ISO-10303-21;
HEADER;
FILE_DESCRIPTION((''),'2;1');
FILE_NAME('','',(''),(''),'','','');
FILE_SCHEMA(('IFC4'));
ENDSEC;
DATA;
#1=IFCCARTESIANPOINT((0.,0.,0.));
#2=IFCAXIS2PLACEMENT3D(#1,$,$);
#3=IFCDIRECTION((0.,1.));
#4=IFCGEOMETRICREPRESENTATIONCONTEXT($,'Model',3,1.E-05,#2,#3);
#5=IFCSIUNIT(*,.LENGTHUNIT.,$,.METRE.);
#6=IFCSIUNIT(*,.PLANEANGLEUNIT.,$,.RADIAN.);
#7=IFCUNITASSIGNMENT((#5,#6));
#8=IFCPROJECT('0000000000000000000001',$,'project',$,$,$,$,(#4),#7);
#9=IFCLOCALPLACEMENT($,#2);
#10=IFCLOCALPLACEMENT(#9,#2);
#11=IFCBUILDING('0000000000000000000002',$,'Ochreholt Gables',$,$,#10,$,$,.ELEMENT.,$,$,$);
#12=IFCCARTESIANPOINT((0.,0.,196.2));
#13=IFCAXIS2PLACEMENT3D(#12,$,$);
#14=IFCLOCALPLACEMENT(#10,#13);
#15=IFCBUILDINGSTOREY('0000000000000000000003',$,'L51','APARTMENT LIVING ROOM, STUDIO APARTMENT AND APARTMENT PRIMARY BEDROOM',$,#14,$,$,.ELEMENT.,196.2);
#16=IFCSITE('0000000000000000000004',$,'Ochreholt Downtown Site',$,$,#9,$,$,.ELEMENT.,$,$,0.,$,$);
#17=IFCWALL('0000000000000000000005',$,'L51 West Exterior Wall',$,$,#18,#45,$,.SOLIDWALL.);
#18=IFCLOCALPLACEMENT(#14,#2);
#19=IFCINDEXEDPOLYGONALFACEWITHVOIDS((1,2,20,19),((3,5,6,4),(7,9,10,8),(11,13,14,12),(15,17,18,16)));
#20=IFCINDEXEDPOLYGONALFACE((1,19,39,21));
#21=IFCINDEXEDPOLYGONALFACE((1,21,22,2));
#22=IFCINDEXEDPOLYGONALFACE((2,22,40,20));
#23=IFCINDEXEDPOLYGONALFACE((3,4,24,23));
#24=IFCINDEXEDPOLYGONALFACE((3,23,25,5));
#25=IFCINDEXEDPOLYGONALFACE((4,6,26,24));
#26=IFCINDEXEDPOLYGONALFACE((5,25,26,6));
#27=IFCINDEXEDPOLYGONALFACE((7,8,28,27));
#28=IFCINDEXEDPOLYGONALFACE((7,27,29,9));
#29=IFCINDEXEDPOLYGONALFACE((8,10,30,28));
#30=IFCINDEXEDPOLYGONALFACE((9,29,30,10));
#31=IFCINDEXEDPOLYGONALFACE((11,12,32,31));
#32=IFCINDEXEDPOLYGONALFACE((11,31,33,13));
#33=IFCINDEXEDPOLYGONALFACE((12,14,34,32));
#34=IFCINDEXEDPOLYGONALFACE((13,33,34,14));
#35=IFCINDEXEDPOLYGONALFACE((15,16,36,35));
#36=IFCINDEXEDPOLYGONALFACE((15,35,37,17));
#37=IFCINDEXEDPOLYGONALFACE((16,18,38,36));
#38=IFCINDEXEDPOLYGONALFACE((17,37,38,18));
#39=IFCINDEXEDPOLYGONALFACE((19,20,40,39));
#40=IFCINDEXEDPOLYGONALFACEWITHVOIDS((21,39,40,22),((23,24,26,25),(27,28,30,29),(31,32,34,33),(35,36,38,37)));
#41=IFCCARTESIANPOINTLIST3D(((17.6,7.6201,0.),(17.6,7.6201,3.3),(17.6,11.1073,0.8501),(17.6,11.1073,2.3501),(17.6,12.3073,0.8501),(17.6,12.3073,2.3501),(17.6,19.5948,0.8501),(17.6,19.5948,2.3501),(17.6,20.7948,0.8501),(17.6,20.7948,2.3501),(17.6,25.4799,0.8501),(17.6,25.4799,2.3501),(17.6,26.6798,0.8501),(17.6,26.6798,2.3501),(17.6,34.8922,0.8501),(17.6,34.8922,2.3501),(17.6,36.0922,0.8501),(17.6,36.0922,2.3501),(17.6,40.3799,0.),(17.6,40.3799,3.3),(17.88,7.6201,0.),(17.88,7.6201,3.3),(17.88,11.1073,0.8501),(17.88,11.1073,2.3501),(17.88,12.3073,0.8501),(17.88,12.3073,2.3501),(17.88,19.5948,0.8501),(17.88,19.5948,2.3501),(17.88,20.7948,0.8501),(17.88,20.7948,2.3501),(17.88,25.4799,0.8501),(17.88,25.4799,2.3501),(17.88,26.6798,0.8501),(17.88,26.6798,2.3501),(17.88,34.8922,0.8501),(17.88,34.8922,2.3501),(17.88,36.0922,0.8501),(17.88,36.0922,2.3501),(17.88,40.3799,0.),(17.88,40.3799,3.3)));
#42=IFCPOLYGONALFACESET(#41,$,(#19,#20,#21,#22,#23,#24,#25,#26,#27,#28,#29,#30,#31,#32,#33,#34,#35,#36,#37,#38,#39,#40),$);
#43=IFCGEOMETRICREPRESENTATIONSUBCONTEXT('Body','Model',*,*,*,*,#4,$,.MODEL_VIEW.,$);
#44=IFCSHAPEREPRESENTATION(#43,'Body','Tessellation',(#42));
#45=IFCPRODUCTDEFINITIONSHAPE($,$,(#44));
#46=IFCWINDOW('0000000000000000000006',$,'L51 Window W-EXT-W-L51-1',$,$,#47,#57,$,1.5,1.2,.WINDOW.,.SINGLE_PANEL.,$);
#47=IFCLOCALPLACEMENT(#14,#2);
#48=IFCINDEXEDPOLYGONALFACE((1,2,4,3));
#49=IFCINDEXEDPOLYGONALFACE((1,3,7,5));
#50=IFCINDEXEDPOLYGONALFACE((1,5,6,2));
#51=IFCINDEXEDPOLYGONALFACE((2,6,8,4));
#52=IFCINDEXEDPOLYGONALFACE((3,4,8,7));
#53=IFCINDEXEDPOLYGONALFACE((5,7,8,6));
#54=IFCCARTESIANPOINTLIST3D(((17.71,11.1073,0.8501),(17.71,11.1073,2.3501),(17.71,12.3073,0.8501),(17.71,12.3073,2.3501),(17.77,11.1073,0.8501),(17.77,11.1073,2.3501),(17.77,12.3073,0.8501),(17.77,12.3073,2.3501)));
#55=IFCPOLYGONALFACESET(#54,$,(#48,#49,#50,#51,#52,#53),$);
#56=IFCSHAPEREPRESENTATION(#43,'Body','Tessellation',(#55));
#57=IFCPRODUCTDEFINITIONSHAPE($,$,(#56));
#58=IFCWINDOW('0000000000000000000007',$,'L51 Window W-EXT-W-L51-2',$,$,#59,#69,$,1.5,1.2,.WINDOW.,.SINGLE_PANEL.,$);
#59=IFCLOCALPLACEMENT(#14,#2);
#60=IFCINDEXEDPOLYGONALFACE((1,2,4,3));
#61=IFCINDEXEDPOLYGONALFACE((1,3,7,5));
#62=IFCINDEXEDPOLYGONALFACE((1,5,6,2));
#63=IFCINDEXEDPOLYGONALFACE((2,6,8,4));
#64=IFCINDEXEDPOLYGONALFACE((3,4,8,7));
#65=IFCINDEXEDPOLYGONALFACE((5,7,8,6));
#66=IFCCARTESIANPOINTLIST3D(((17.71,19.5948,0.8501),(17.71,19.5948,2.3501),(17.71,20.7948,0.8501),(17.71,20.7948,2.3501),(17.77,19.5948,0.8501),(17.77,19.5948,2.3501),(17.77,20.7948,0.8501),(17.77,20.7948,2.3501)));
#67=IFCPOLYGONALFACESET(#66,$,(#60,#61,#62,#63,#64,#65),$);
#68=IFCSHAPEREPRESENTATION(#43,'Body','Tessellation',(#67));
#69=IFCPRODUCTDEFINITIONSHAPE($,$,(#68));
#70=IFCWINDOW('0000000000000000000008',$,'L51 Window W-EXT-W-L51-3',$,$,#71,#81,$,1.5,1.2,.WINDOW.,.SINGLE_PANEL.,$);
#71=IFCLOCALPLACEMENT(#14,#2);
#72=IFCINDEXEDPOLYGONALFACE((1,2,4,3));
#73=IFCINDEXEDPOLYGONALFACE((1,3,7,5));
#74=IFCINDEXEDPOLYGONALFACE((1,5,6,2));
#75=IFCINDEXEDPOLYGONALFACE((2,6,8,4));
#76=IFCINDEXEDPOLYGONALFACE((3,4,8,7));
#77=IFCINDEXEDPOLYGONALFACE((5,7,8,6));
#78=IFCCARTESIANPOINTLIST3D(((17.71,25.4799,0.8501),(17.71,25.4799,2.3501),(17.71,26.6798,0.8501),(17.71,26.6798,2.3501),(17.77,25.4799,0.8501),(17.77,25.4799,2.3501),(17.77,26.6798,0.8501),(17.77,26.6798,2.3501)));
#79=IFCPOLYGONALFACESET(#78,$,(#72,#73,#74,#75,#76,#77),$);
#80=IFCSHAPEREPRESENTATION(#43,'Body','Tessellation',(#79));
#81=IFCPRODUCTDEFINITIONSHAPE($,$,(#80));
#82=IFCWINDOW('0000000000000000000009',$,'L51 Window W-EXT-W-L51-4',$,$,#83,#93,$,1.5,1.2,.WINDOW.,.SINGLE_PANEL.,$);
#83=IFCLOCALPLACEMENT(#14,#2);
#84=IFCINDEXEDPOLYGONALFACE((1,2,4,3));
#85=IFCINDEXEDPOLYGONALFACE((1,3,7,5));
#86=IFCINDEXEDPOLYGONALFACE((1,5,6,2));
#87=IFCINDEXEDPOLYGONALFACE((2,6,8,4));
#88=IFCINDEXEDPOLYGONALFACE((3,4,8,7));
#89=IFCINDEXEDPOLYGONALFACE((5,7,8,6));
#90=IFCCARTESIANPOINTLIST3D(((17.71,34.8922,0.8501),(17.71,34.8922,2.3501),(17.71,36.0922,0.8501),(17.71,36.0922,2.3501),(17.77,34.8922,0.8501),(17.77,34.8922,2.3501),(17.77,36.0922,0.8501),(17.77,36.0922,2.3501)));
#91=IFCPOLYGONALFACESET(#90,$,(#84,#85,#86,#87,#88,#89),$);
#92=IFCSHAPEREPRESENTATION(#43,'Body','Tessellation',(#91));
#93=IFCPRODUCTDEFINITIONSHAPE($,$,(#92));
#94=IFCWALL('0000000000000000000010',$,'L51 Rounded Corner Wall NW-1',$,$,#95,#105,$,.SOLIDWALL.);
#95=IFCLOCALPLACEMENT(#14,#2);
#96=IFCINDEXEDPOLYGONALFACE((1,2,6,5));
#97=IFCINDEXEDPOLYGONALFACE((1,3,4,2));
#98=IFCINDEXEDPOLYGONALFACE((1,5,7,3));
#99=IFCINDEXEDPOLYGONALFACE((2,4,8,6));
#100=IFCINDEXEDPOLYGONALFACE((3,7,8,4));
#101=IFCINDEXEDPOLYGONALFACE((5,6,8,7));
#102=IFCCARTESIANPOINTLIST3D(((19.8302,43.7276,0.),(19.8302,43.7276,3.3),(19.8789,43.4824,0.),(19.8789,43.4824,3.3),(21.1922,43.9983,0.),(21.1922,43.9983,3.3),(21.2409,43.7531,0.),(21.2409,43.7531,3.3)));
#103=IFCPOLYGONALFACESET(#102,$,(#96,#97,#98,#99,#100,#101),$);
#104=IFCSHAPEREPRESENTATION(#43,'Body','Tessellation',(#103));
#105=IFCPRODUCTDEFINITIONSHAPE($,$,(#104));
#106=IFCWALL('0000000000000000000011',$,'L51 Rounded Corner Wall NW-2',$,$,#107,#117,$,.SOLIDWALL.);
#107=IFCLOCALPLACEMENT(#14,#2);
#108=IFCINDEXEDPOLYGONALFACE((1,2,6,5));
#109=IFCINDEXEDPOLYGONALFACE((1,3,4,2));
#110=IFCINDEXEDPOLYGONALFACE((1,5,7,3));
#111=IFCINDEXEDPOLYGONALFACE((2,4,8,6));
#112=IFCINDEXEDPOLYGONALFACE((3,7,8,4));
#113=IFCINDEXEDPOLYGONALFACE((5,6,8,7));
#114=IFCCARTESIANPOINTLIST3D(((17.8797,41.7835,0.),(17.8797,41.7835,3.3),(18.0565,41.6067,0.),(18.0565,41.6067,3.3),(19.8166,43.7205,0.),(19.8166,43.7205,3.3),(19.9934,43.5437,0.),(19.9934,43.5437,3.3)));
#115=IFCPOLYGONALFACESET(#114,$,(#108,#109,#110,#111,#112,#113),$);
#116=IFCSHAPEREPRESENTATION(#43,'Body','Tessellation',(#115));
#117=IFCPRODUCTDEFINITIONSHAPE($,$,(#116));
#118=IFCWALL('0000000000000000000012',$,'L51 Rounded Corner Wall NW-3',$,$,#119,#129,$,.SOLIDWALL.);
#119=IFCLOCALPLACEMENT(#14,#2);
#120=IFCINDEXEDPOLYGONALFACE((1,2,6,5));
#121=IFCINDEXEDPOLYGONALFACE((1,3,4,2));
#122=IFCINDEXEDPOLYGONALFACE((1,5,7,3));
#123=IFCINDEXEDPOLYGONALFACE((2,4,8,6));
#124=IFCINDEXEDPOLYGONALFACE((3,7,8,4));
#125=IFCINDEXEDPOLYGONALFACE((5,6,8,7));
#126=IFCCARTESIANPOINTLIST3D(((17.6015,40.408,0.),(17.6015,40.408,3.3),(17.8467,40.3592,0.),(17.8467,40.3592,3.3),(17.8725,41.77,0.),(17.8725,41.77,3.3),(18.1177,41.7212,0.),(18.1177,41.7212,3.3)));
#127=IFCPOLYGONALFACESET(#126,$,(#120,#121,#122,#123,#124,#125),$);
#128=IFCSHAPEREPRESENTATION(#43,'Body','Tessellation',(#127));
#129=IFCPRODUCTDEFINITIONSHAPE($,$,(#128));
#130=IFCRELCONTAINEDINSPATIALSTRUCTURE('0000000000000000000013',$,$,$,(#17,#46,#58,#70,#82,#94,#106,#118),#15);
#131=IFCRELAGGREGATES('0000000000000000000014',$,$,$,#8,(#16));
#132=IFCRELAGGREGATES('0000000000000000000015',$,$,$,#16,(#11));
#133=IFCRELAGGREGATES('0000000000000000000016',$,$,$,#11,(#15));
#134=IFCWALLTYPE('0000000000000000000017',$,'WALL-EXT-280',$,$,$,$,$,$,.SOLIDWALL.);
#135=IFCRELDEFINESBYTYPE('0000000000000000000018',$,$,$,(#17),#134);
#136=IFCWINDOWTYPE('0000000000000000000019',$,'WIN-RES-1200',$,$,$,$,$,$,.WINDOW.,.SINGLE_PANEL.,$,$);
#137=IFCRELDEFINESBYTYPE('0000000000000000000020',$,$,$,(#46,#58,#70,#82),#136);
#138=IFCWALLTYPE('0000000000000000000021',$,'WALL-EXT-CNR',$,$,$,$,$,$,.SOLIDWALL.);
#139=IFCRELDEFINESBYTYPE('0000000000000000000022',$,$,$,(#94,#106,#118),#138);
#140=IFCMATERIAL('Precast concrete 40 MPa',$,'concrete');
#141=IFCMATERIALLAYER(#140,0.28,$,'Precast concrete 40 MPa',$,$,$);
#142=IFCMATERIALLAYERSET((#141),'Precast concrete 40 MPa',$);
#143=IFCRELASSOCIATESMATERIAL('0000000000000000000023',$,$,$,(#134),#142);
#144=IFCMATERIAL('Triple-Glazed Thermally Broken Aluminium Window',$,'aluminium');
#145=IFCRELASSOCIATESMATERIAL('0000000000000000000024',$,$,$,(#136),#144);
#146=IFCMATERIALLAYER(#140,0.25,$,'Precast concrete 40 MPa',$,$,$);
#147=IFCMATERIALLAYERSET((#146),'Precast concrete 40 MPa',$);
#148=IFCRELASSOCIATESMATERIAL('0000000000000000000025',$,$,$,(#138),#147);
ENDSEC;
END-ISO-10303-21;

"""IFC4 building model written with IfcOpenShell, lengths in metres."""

from ifc_helpers import new_model, si_unit, direction, frame, frame_2d, origin, place, context, subcontext, project, spatial, rectangle, extrude, material, layer, layer_set, type_object, element, fill, save


model = new_model("IFC4")

# Units and contexts
model_context = context("Model", 3, precision=1e-05, world=origin(), true_north=direction((0.0, 1.0)))
body_context = subcontext(model_context, "Body", "Model", "MODEL_VIEW")
ifc_project = project(units=[si_unit("LENGTHUNIT", "METRE"), si_unit("PLANEANGLEUNIT", "RADIAN")], contexts=[model_context])

# Site, building, storey
site_placement = place(None, origin())
site = spatial("IfcSite", under=ifc_project, at=site_placement, Name="Ochreholt Downtown Site", CompositionType="ELEMENT", RefElevation=0.0)
building_placement = place(site_placement, origin())
building = spatial("IfcBuilding", under=site, at=building_placement, Name="Ochreholt Gables", CompositionType="ELEMENT")
storey_placement = place(building_placement, frame((0.0, 0.0, 196.2)))
storey = spatial("IfcBuildingStorey", under=building, at=storey_placement, Name="L51", Description="APARTMENT LIVING ROOM, STUDIO APARTMENT AND APARTMENT PRIMARY BEDROOM", CompositionType="ELEMENT", Elevation=196.2)

# Wall, openings, windows
ifc_material_1 = material(Name="Precast concrete 40 MPa", Category="concrete")
ifc_layer_1 = layer(ifc_material_1, 0.28, Name="Precast concrete 40 MPa")
ifc_layer_set_1 = layer_set([ifc_layer_1], Name="Precast concrete 40 MPa")
wall_type_1 = type_object("IfcWallType", Name="WALL-EXT-280", PredefinedType="SOLIDWALL", material=ifc_layer_set_1)
wall_1_placement = place(storey_placement, frame((17.74, 40.3799, 0.0), z_axis=(0.0, 0.0, 1.0), x_axis=(0.0, -1.0, 0.0)))
wall_1 = element("IfcWall", 1, at=wall_1_placement, inside=storey, type_object=wall_type_1, Name="L51 West Exterior Wall", PredefinedType="SOLIDWALL", context=body_context, shape_type="SweptSolid", body=[
    extrude(rectangle(XDim=32.7598, YDim=0.28, at=frame_2d((16.3799, 0.0))), origin(), (0.0, 0.0, 1.0), 3.3),
])
opening_1_placement = place(wall_1_placement, frame((28.0725, 0.0, 0.8501)))
opening_1 = element("IfcOpeningElement", 2, at=opening_1_placement, cuts=wall_1, PredefinedType="OPENING", context=body_context, shape_type="SweptSolid", body=[
    extrude(rectangle(XDim=1.2, YDim=1.5, at=frame_2d((0.6001, 0.75))), frame((0.0, 0.1499, 0.0), z_axis=(0.0, -1.0, 0.0), x_axis=(1.0, 0.0, 0.0)), (0.0, 0.0, 1.0), 0.3),
])
opening_2_placement = place(wall_1_placement, frame((19.585, 0.0, 0.8501)))
opening_2 = element("IfcOpeningElement", 3, at=opening_2_placement, cuts=wall_1, PredefinedType="OPENING", context=body_context, shape_type="SweptSolid", body=[
    extrude(rectangle(XDim=1.2, YDim=1.5, at=frame_2d((0.6001, 0.75))), frame((0.0, 0.1499, 0.0), z_axis=(0.0, -1.0, 0.0), x_axis=(1.0, 0.0, 0.0)), (0.0, 0.0, 1.0), 0.3),
])
opening_3_placement = place(wall_1_placement, frame((13.7, 0.0, 0.8501)))
opening_3 = element("IfcOpeningElement", 4, at=opening_3_placement, cuts=wall_1, PredefinedType="OPENING", context=body_context, shape_type="SweptSolid", body=[
    extrude(rectangle(XDim=1.2, YDim=1.5, at=frame_2d((0.6001, 0.75))), frame((0.0, 0.1499, 0.0), z_axis=(0.0, -1.0, 0.0), x_axis=(1.0, 0.0, 0.0)), (0.0, 0.0, 1.0), 0.3),
])
opening_4_placement = place(wall_1_placement, frame((4.2876, 0.0, 0.8501)))
opening_4 = element("IfcOpeningElement", 5, at=opening_4_placement, cuts=wall_1, PredefinedType="OPENING", context=body_context, shape_type="SweptSolid", body=[
    extrude(rectangle(XDim=1.2, YDim=1.5, at=frame_2d((0.6001, 0.75))), frame((0.0, 0.1499, 0.0), z_axis=(0.0, -1.0, 0.0), x_axis=(1.0, 0.0, 0.0)), (0.0, 0.0, 1.0), 0.3),
])
ifc_material_2 = material(Name="Triple-Glazed Thermally Broken Aluminium Window", Category="aluminium")
window_type = type_object("IfcWindowType", Name="WIN-RES-1200", PartitioningType="SINGLE_PANEL", PredefinedType="WINDOW", material=ifc_material_2)
window_1_placement = place(opening_1_placement, origin())
window_1 = element("IfcWindow", 6, at=window_1_placement, inside=storey, type_object=window_type, Name="L51 Window W-EXT-W-L51-1", OverallHeight=1.5, OverallWidth=1.2, PartitioningType="SINGLE_PANEL", PredefinedType="WINDOW", context=body_context, shape_type="SweptSolid", body=[
    extrude(rectangle(XDim=1.2, YDim=1.5, at=frame_2d((0.6001, 0.75))), frame((0.0, 0.03, 0.0), z_axis=(0.0, -1.0, 0.0), x_axis=(1.0, 0.0, 0.0)), (0.0, 0.0, 1.0), 0.0601),
])
fill(opening_1, window_1)
window_2_placement = place(opening_2_placement, origin())
window_2 = element("IfcWindow", 7, at=window_2_placement, inside=storey, type_object=window_type, Name="L51 Window W-EXT-W-L51-2", OverallHeight=1.5, OverallWidth=1.2, PartitioningType="SINGLE_PANEL", PredefinedType="WINDOW", context=body_context, shape_type="SweptSolid", body=[
    extrude(rectangle(XDim=1.2, YDim=1.5, at=frame_2d((0.6001, 0.75))), frame((0.0, 0.03, 0.0), z_axis=(0.0, -1.0, 0.0), x_axis=(1.0, 0.0, 0.0)), (0.0, 0.0, 1.0), 0.0601),
])
fill(opening_2, window_2)
window_3_placement = place(opening_3_placement, origin())
window_3 = element("IfcWindow", 8, at=window_3_placement, inside=storey, type_object=window_type, Name="L51 Window W-EXT-W-L51-3", OverallHeight=1.5, OverallWidth=1.2, PartitioningType="SINGLE_PANEL", PredefinedType="WINDOW", context=body_context, shape_type="SweptSolid", body=[
    extrude(rectangle(XDim=1.2, YDim=1.5, at=frame_2d((0.6001, 0.75))), frame((0.0, 0.03, 0.0), z_axis=(0.0, -1.0, 0.0), x_axis=(1.0, 0.0, 0.0)), (0.0, 0.0, 1.0), 0.0601),
])
fill(opening_3, window_3)
window_4_placement = place(opening_4_placement, origin())
window_4 = element("IfcWindow", 9, at=window_4_placement, inside=storey, type_object=window_type, Name="L51 Window W-EXT-W-L51-4", OverallHeight=1.5, OverallWidth=1.2, PartitioningType="SINGLE_PANEL", PredefinedType="WINDOW", context=body_context, shape_type="SweptSolid", body=[
    extrude(rectangle(XDim=1.2, YDim=1.5, at=frame_2d((0.6001, 0.75))), frame((0.0, 0.03, 0.0), z_axis=(0.0, -1.0, 0.0), x_axis=(1.0, 0.0, 0.0)), (0.0, 0.0, 1.0), 0.0601),
])
fill(opening_4, window_4)

# Walls
ifc_layer_2 = layer(ifc_material_1, 0.25, Name="Precast concrete 40 MPa")
ifc_layer_set_2 = layer_set([ifc_layer_2], Name="Precast concrete 40 MPa")
wall_type_2 = type_object("IfcWallType", Name="WALL-EXT-CNR", PredefinedType="SOLIDWALL", material=ifc_layer_set_2)
wall_2_placement = place(storey_placement, frame((21.2166, 43.8757, 0.0), z_axis=(0.0, 0.0, 1.0), x_axis=(-0.98081, -0.194967, 0.0)))
element("IfcWall", 10, at=wall_2_placement, inside=storey, type_object=wall_type_2, Name="L51 Rounded Corner Wall NW-1", PredefinedType="SOLIDWALL", context=body_context, shape_type="SweptSolid", body=[
    extrude(rectangle(XDim=1.3887, YDim=0.25, at=frame_2d((0.6943, 0.0))), origin(), (0.0, 0.0, 1.0), 3.3),
])
wall_3_placement = place(storey_placement, frame((19.905, 43.6321, 0.0), z_axis=(0.0, 0.0, 1.0), x_axis=(-0.707107, -0.707107, 0.0)))
element("IfcWall", 11, at=wall_3_placement, inside=storey, type_object=wall_type_2, Name="L51 Rounded Corner Wall NW-2", PredefinedType="SOLIDWALL", context=body_context, shape_type="SweptSolid", body=[
    extrude(rectangle(XDim=2.7393, YDim=0.25, at=frame_2d((1.3696, 0.0))), origin(), (0.0, 0.0, 1.0), 3.3),
])
wall_4_placement = place(storey_placement, frame((17.9951, 41.7456, 0.0), z_axis=(0.0, 0.0, 1.0), x_axis=(-0.195136, -0.980776, 0.0)))
element("IfcWall", 12, at=wall_4_placement, inside=storey, type_object=wall_type_2, Name="L51 Rounded Corner Wall NW-3", PredefinedType="SOLIDWALL", context=body_context, shape_type="SweptSolid", body=[
    extrude(rectangle(XDim=1.3887, YDim=0.25, at=frame_2d((0.6943, 0.0))), origin(), (0.0, 0.0, 1.0), 3.3),
])

save(model, "model.ifc")
